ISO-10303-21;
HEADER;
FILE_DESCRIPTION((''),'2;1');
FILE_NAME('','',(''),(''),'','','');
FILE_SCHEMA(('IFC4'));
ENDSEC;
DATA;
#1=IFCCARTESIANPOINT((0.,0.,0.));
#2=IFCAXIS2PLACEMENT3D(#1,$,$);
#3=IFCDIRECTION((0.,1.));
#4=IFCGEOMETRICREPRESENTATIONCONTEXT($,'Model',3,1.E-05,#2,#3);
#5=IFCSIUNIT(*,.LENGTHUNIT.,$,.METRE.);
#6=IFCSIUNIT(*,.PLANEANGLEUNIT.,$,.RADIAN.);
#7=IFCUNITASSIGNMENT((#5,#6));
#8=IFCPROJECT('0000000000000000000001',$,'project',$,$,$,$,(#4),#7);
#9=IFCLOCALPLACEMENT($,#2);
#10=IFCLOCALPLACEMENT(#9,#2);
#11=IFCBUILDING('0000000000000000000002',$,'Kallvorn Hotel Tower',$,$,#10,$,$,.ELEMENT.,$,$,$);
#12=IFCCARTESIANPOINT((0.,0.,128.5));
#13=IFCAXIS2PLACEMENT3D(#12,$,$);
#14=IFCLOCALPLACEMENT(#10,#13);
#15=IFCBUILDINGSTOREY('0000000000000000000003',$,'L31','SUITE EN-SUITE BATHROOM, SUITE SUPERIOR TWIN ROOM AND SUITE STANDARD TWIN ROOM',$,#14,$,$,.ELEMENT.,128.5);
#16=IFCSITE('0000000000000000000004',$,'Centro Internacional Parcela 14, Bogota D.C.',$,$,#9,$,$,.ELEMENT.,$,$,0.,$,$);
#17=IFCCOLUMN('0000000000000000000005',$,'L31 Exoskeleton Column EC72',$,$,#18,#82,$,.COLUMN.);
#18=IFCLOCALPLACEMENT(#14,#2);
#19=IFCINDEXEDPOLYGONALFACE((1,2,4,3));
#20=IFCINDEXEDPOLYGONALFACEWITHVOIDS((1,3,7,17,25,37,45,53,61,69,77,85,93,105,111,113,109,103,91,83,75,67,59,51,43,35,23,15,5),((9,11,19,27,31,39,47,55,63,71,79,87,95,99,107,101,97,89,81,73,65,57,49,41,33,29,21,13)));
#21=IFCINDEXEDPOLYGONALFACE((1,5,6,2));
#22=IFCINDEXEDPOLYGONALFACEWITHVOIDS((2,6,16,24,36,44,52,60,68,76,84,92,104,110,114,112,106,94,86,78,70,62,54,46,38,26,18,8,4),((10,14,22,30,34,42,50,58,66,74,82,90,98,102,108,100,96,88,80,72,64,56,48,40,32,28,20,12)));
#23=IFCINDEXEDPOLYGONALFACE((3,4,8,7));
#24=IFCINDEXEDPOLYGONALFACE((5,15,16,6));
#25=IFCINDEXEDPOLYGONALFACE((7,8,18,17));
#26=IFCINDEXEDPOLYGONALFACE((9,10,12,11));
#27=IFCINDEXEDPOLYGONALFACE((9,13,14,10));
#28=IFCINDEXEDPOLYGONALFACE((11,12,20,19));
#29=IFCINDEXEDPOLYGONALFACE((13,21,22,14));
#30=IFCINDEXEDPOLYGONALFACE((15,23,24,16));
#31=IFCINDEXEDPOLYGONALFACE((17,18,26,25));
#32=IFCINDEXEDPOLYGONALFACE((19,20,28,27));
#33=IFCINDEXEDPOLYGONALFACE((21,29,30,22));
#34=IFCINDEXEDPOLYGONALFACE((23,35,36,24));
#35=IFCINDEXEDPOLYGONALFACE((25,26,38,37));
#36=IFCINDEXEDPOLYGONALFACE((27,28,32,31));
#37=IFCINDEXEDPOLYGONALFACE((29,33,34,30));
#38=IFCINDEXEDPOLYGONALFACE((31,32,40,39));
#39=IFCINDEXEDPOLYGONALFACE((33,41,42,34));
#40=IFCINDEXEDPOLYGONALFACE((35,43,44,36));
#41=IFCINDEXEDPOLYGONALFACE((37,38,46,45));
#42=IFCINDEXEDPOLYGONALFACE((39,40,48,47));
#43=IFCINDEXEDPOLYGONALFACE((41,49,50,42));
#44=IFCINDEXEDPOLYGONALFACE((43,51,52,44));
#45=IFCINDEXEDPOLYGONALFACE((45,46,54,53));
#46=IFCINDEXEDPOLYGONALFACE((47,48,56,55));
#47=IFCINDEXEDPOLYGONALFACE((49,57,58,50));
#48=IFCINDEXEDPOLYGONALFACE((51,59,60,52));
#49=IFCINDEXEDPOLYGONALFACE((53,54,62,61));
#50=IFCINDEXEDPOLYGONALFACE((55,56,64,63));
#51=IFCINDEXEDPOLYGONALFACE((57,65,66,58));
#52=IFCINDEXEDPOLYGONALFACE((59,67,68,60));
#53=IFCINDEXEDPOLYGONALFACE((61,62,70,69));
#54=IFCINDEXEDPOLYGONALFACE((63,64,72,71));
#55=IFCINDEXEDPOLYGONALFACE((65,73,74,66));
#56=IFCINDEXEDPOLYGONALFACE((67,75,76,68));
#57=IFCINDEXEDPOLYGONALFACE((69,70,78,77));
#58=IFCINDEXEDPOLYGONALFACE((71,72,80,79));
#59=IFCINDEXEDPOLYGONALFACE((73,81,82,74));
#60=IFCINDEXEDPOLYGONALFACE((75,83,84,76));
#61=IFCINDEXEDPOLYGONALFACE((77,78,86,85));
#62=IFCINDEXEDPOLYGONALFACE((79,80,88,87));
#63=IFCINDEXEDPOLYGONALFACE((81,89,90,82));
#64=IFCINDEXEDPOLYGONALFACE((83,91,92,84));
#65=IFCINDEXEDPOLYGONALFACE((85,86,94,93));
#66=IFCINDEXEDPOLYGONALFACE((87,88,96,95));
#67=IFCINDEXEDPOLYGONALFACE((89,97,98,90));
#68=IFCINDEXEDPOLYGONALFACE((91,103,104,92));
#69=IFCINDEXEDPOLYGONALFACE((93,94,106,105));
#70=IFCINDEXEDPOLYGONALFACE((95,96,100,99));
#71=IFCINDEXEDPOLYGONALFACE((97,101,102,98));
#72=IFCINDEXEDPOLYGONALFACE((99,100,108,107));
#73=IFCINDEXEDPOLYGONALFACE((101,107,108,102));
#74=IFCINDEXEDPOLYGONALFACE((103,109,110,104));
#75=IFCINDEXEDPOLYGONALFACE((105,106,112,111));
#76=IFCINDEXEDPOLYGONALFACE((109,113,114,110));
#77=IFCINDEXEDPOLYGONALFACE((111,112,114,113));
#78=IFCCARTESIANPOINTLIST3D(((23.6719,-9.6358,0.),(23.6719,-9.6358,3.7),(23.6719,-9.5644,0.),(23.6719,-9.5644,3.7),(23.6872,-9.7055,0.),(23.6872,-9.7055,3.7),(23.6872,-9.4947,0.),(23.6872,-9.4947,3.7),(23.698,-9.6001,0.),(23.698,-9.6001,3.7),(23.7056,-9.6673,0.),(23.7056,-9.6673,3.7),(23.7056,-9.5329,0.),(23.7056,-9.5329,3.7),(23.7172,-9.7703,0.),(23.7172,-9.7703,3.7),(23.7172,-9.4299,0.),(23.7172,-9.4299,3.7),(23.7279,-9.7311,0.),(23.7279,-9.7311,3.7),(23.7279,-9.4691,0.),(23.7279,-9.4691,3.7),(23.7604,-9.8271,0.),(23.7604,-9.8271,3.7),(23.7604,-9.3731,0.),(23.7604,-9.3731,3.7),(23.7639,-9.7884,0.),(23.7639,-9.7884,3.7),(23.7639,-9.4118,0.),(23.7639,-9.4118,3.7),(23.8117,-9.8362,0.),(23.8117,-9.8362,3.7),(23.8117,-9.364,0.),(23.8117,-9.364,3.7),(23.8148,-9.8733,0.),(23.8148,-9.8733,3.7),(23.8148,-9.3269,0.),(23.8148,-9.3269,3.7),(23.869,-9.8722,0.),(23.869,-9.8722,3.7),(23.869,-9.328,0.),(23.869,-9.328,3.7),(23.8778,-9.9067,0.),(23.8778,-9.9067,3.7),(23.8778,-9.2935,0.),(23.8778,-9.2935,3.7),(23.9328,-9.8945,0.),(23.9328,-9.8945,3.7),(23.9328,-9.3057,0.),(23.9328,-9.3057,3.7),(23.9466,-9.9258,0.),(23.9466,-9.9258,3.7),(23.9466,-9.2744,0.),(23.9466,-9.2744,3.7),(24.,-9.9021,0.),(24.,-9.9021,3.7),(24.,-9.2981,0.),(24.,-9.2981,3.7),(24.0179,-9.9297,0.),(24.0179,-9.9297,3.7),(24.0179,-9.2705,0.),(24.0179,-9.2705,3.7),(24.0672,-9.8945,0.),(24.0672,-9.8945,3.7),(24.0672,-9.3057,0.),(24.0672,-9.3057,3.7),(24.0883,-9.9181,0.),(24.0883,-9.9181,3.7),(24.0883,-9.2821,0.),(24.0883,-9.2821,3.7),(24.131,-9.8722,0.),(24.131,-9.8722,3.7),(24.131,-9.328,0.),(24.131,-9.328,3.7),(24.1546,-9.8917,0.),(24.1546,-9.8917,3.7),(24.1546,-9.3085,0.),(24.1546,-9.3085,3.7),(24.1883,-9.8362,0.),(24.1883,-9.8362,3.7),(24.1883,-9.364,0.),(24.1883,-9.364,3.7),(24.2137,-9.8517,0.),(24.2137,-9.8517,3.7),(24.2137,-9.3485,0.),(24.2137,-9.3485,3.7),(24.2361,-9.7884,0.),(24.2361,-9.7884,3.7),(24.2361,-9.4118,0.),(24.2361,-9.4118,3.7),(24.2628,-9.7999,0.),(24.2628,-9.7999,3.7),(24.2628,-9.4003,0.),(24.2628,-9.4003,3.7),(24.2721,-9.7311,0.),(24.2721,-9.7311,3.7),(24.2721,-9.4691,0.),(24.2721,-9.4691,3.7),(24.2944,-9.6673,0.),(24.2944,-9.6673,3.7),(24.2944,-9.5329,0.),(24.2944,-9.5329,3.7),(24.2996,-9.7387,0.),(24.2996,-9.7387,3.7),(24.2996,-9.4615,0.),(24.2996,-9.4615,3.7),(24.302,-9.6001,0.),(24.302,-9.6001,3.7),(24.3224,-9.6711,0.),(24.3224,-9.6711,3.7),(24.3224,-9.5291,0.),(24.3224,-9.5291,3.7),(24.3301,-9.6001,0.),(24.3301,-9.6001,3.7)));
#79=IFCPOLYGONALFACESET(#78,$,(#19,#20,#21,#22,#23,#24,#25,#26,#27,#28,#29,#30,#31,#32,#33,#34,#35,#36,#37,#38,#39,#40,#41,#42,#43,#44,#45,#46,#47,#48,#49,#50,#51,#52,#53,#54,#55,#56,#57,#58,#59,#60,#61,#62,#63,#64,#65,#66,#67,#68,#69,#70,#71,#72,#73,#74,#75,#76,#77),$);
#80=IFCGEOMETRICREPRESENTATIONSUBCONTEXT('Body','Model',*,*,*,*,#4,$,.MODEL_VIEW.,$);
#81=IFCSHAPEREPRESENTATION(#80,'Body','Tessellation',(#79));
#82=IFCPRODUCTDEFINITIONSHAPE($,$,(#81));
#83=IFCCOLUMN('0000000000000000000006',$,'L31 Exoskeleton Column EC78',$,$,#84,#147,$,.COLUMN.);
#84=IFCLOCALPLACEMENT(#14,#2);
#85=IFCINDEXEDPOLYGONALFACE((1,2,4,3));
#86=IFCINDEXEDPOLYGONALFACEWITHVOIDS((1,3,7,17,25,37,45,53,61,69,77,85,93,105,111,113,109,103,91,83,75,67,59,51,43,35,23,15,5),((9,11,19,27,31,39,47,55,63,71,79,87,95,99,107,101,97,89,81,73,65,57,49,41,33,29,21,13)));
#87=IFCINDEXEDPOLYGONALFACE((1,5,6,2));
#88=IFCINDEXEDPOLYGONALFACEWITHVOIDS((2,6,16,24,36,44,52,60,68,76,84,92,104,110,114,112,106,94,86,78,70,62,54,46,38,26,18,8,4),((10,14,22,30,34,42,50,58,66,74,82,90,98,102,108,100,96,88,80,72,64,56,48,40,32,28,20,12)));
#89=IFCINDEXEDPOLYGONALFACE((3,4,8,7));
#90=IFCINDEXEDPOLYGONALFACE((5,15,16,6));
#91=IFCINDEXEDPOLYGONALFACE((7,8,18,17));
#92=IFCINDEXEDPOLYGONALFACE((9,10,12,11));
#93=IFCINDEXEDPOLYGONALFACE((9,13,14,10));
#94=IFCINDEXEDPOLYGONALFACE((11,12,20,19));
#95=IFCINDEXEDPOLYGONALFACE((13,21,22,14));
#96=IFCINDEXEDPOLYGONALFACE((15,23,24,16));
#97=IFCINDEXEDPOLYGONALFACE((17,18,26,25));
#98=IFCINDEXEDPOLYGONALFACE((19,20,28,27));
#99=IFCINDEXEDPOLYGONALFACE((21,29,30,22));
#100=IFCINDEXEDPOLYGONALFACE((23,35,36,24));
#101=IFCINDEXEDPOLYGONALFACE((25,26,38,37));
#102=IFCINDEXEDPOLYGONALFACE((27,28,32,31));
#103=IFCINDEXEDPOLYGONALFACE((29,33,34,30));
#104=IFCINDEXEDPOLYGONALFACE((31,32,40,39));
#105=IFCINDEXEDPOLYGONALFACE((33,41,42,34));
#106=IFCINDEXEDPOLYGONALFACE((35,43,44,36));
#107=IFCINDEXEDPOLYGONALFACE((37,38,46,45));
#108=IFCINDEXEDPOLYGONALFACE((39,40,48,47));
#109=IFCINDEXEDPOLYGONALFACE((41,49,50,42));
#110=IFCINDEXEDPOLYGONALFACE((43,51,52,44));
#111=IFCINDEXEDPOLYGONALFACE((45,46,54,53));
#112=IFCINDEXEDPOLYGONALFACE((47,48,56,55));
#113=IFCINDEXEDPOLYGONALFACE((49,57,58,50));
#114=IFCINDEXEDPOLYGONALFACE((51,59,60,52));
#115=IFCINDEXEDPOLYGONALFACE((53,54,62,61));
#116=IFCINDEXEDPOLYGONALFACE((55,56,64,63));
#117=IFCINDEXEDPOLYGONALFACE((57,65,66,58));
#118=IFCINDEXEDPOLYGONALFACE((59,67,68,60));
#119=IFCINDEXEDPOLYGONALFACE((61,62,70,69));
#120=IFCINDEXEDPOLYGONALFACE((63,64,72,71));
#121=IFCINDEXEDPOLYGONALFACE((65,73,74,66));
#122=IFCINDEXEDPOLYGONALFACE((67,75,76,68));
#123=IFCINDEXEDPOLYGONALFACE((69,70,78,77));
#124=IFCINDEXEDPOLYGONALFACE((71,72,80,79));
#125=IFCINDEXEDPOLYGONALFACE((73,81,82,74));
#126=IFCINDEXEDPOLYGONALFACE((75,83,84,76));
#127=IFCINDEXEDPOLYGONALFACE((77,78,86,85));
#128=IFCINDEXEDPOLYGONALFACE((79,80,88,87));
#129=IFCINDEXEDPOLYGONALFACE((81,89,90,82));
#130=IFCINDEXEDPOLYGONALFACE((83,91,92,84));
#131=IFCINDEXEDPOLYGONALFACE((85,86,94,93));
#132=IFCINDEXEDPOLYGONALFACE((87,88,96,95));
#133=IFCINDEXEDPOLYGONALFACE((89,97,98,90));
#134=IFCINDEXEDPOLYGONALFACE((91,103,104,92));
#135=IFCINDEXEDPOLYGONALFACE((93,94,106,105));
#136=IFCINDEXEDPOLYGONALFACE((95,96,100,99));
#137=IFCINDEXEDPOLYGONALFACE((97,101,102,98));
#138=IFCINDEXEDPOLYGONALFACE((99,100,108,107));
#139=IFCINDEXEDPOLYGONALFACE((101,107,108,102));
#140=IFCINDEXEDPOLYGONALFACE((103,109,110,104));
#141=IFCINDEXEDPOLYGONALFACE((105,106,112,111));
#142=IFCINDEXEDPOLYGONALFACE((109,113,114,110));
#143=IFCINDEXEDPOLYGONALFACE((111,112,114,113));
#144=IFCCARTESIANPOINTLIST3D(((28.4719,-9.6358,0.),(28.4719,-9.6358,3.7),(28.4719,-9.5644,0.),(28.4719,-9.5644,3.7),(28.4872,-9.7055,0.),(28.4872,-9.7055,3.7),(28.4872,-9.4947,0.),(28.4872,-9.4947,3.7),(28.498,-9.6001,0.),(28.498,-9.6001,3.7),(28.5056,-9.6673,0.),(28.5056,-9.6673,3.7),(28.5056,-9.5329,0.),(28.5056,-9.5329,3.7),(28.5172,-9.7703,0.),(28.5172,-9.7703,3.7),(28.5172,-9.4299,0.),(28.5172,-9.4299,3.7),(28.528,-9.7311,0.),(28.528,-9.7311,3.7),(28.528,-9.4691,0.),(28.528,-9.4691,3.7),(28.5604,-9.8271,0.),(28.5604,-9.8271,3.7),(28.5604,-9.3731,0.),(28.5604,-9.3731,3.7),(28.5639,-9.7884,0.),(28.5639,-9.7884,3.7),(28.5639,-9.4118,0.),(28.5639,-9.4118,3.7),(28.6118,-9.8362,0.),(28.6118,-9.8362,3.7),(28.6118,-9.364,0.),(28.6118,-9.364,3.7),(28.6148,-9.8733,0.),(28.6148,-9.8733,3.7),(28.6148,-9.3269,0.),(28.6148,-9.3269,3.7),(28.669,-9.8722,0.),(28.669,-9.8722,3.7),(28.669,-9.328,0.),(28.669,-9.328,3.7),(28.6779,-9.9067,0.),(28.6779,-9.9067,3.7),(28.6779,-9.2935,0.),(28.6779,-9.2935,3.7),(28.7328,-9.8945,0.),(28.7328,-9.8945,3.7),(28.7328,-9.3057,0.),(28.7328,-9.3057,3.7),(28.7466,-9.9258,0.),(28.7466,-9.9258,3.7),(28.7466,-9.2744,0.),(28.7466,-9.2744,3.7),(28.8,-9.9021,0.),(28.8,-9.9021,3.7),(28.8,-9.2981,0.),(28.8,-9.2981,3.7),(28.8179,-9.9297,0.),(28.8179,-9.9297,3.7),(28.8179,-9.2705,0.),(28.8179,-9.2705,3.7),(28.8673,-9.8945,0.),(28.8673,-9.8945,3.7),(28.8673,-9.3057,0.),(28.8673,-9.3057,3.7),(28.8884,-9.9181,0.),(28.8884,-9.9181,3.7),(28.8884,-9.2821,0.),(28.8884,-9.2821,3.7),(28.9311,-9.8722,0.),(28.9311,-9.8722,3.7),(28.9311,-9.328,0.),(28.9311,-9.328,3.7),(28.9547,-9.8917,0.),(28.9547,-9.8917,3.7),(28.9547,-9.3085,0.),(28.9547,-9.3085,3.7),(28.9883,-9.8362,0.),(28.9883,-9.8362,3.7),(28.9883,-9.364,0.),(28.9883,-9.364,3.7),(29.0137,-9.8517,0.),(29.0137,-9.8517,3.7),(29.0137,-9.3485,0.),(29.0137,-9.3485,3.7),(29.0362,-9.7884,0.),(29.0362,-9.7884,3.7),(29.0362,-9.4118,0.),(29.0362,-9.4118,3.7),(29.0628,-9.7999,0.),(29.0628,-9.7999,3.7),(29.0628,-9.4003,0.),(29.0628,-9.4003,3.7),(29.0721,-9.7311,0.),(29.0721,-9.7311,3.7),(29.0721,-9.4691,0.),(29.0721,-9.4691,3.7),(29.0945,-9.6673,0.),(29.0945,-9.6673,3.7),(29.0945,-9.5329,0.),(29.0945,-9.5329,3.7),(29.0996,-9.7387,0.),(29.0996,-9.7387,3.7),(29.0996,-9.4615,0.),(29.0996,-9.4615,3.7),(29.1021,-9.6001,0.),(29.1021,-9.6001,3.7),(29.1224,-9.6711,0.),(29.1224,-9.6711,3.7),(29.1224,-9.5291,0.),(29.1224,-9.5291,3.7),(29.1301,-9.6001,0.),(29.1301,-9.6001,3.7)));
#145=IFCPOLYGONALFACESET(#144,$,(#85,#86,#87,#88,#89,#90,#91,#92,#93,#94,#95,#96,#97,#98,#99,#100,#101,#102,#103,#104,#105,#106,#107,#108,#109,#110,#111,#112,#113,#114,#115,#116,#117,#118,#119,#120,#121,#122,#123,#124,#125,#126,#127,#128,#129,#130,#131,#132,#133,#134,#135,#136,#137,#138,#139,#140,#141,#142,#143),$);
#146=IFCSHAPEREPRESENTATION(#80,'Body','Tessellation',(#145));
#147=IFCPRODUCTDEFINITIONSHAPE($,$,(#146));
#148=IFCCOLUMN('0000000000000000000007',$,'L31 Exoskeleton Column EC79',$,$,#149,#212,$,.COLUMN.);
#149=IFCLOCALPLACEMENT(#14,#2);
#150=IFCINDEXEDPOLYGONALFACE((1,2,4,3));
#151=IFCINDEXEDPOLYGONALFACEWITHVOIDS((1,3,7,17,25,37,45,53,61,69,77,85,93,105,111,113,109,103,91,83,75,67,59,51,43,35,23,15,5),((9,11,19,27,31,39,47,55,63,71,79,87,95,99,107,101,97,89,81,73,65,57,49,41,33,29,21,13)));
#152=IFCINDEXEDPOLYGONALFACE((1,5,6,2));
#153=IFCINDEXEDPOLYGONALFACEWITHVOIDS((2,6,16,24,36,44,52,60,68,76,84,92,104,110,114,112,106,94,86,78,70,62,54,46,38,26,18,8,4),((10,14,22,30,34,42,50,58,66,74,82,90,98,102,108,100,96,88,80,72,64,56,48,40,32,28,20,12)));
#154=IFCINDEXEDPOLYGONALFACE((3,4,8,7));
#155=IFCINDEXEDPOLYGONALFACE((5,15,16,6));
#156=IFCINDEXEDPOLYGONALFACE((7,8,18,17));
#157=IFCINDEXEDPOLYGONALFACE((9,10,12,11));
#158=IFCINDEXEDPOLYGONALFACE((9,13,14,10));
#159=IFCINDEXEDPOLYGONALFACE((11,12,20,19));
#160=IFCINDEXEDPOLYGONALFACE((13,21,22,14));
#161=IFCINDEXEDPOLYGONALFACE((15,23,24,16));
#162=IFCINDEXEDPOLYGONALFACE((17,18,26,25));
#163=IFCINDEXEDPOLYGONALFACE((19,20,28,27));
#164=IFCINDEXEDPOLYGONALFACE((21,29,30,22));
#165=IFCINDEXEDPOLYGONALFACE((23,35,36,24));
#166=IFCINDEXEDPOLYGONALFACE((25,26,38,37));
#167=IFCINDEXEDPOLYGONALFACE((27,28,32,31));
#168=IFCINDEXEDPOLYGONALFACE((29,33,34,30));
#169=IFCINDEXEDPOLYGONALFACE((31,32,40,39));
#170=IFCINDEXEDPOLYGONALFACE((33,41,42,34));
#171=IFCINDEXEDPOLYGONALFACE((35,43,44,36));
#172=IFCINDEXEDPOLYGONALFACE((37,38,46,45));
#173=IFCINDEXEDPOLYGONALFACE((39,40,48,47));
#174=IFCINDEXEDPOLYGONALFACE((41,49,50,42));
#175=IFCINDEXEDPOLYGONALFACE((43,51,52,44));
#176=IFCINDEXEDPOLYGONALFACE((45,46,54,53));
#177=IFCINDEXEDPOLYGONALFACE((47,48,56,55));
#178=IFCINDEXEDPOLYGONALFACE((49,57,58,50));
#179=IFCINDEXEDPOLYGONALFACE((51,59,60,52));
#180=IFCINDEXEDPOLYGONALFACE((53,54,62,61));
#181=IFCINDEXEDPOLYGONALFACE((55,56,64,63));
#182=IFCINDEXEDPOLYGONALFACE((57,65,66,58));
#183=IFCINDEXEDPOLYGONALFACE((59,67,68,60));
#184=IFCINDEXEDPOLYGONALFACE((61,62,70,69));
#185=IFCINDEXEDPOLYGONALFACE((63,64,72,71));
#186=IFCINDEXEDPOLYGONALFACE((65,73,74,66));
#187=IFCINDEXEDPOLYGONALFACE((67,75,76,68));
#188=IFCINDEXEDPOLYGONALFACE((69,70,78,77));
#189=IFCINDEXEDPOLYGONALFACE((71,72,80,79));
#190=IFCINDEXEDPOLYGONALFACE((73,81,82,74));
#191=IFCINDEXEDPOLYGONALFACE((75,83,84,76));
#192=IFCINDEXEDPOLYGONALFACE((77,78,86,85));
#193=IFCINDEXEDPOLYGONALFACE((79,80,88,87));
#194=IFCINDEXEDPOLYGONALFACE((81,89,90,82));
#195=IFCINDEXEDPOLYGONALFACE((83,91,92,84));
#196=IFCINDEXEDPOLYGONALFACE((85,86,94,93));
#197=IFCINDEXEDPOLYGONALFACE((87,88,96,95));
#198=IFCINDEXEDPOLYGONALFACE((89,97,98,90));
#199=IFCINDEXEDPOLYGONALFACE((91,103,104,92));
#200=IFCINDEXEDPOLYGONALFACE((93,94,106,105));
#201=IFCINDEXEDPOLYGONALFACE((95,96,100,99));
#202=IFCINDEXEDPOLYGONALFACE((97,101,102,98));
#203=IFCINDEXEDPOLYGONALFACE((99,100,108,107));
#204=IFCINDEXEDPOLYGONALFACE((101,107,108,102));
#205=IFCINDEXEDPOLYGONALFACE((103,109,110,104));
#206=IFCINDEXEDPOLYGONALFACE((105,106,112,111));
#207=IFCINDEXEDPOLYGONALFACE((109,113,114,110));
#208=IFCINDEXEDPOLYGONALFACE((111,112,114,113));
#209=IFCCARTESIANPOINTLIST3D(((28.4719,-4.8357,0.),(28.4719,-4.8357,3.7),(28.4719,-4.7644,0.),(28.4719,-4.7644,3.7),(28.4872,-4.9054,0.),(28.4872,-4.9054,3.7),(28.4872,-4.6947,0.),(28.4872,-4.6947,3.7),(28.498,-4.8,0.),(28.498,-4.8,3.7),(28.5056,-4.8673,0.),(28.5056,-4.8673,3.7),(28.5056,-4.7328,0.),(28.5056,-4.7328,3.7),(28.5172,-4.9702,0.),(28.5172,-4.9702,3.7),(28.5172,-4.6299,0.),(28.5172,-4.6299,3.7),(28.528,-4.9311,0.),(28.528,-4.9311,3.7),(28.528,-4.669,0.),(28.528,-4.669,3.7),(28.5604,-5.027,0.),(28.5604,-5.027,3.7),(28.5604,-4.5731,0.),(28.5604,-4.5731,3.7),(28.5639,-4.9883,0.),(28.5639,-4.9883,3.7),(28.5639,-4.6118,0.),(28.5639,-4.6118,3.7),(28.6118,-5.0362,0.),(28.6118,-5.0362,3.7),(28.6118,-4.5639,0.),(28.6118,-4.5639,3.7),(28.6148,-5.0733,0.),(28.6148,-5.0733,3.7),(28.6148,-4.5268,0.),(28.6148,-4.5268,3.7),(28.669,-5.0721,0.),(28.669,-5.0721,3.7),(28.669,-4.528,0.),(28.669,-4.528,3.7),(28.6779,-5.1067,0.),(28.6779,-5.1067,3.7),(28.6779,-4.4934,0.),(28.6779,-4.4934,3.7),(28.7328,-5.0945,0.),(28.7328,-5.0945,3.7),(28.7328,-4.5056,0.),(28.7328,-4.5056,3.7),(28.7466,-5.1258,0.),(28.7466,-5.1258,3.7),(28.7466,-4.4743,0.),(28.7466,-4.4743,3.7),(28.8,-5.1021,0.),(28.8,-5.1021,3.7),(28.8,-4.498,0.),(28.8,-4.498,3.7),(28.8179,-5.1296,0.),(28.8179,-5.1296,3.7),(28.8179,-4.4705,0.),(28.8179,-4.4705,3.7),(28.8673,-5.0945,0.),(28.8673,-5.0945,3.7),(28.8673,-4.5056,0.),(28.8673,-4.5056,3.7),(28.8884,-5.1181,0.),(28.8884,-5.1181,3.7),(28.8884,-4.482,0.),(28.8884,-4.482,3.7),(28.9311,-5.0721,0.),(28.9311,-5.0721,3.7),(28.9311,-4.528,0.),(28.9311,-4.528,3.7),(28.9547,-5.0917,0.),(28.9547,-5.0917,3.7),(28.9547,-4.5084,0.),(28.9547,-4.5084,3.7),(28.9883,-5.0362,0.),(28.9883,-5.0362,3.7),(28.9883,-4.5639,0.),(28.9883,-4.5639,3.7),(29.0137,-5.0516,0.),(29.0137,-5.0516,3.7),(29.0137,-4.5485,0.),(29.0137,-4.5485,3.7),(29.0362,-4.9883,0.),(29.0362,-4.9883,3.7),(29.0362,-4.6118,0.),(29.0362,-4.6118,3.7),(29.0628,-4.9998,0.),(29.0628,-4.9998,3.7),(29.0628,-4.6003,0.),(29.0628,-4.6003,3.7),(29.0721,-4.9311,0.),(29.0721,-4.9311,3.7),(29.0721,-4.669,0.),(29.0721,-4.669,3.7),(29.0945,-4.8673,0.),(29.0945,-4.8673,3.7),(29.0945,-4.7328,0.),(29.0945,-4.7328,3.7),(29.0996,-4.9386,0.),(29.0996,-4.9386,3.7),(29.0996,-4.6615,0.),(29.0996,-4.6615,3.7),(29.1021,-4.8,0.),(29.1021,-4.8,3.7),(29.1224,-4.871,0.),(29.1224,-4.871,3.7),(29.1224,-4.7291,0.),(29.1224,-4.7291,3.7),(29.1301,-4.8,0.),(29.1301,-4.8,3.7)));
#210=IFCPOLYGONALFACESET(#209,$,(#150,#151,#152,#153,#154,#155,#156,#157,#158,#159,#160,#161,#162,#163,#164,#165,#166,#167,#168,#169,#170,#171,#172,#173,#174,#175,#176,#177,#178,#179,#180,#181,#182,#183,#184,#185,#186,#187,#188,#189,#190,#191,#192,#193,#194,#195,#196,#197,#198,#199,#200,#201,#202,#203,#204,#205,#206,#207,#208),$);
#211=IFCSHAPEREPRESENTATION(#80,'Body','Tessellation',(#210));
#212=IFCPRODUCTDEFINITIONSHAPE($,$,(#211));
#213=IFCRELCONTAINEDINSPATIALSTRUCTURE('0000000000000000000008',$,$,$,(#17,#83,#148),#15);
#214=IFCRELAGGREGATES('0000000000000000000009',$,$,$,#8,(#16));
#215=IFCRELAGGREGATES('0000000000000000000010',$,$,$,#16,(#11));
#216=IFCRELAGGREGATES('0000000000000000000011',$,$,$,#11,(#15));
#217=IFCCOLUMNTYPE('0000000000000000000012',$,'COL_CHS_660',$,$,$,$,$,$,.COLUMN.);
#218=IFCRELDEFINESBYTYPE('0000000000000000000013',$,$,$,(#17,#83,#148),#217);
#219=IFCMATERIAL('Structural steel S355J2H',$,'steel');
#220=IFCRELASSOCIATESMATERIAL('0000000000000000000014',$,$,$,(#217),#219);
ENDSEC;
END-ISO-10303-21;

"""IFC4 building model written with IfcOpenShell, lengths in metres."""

from ifc_helpers import new_model, si_unit, direction, frame, origin, origin_2d, place, context, subcontext, project, spatial, hollow_circle, extrude, material, material_profile, profile_set, type_object, element, save


model = new_model("IFC4")

# Units and contexts
model_context = context("Model", 3, precision=1e-05, world=origin(), true_north=direction((0.0, 1.0)))
body_context = subcontext(model_context, "Body", "Model", "MODEL_VIEW")
ifc_project = project(units=[si_unit("LENGTHUNIT", "METRE"), si_unit("PLANEANGLEUNIT", "RADIAN")], contexts=[model_context])

# Site, building, storey
site_placement = place(None, origin())
site = spatial("IfcSite", under=ifc_project, at=site_placement, Name="Centro Internacional Parcela 14, Bogota D.C.", CompositionType="ELEMENT", RefElevation=0.0)
building_placement = place(site_placement, origin())
building = spatial("IfcBuilding", under=site, at=building_placement, Name="Kallvorn Hotel Tower", CompositionType="ELEMENT")
storey_placement = place(building_placement, frame((0.0, 0.0, 128.5)))
storey = spatial("IfcBuildingStorey", under=building, at=storey_placement, Name="L31", Description="SUITE EN-SUITE BATHROOM, SUITE SUPERIOR TWIN ROOM AND SUITE STANDARD TWIN ROOM", CompositionType="ELEMENT", Elevation=128.5)

# Columns
ifc_material_1 = material(Name="Structural steel S355J2H", Category="steel")
ifc_material_profile_1 = material_profile(ifc_material_1, hollow_circle(Radius=0.3301, WallThickness=0.0281, at=origin_2d()), Name="CHS 660x28")
ifc_profile_set_1 = profile_set([ifc_material_profile_1], Name="Structural steel S355J2H")
column_type_1 = type_object("IfcColumnType", Name="COL_CHS_660", PredefinedType="COLUMN", material=ifc_profile_set_1)
for number, where, z_axis, x_axis, name in (
    (1, (24.0, -9.6001, 0.0), (0.0, 0.0, 1.0), (1.0, 0.0, 0.0), "L31 Exoskeleton Column EC72"),
    (2, (28.8, -9.6001, 0.0), (0.0, 0.0, 1.0), (1.0, 0.0, 0.0), "L31 Exoskeleton Column EC78"),
    (3, (28.8, -4.8, 0.0), (0.0, 0.0, 1.0), (1.0, 0.0, 0.0), "L31 Exoskeleton Column EC79"),
):
    element("IfcColumn", number, at=place(storey_placement, frame(where, z_axis=z_axis, x_axis=x_axis)), inside=storey, type_object=column_type_1, Name=name, PredefinedType="COLUMN", context=body_context, shape_type="SweptSolid", body=[
        extrude(hollow_circle(Radius=0.3301, WallThickness=0.0281, at=origin_2d()), origin(), (0.0, 0.0, 1.0), 3.7),
    ])

save(model, "model.ifc")
